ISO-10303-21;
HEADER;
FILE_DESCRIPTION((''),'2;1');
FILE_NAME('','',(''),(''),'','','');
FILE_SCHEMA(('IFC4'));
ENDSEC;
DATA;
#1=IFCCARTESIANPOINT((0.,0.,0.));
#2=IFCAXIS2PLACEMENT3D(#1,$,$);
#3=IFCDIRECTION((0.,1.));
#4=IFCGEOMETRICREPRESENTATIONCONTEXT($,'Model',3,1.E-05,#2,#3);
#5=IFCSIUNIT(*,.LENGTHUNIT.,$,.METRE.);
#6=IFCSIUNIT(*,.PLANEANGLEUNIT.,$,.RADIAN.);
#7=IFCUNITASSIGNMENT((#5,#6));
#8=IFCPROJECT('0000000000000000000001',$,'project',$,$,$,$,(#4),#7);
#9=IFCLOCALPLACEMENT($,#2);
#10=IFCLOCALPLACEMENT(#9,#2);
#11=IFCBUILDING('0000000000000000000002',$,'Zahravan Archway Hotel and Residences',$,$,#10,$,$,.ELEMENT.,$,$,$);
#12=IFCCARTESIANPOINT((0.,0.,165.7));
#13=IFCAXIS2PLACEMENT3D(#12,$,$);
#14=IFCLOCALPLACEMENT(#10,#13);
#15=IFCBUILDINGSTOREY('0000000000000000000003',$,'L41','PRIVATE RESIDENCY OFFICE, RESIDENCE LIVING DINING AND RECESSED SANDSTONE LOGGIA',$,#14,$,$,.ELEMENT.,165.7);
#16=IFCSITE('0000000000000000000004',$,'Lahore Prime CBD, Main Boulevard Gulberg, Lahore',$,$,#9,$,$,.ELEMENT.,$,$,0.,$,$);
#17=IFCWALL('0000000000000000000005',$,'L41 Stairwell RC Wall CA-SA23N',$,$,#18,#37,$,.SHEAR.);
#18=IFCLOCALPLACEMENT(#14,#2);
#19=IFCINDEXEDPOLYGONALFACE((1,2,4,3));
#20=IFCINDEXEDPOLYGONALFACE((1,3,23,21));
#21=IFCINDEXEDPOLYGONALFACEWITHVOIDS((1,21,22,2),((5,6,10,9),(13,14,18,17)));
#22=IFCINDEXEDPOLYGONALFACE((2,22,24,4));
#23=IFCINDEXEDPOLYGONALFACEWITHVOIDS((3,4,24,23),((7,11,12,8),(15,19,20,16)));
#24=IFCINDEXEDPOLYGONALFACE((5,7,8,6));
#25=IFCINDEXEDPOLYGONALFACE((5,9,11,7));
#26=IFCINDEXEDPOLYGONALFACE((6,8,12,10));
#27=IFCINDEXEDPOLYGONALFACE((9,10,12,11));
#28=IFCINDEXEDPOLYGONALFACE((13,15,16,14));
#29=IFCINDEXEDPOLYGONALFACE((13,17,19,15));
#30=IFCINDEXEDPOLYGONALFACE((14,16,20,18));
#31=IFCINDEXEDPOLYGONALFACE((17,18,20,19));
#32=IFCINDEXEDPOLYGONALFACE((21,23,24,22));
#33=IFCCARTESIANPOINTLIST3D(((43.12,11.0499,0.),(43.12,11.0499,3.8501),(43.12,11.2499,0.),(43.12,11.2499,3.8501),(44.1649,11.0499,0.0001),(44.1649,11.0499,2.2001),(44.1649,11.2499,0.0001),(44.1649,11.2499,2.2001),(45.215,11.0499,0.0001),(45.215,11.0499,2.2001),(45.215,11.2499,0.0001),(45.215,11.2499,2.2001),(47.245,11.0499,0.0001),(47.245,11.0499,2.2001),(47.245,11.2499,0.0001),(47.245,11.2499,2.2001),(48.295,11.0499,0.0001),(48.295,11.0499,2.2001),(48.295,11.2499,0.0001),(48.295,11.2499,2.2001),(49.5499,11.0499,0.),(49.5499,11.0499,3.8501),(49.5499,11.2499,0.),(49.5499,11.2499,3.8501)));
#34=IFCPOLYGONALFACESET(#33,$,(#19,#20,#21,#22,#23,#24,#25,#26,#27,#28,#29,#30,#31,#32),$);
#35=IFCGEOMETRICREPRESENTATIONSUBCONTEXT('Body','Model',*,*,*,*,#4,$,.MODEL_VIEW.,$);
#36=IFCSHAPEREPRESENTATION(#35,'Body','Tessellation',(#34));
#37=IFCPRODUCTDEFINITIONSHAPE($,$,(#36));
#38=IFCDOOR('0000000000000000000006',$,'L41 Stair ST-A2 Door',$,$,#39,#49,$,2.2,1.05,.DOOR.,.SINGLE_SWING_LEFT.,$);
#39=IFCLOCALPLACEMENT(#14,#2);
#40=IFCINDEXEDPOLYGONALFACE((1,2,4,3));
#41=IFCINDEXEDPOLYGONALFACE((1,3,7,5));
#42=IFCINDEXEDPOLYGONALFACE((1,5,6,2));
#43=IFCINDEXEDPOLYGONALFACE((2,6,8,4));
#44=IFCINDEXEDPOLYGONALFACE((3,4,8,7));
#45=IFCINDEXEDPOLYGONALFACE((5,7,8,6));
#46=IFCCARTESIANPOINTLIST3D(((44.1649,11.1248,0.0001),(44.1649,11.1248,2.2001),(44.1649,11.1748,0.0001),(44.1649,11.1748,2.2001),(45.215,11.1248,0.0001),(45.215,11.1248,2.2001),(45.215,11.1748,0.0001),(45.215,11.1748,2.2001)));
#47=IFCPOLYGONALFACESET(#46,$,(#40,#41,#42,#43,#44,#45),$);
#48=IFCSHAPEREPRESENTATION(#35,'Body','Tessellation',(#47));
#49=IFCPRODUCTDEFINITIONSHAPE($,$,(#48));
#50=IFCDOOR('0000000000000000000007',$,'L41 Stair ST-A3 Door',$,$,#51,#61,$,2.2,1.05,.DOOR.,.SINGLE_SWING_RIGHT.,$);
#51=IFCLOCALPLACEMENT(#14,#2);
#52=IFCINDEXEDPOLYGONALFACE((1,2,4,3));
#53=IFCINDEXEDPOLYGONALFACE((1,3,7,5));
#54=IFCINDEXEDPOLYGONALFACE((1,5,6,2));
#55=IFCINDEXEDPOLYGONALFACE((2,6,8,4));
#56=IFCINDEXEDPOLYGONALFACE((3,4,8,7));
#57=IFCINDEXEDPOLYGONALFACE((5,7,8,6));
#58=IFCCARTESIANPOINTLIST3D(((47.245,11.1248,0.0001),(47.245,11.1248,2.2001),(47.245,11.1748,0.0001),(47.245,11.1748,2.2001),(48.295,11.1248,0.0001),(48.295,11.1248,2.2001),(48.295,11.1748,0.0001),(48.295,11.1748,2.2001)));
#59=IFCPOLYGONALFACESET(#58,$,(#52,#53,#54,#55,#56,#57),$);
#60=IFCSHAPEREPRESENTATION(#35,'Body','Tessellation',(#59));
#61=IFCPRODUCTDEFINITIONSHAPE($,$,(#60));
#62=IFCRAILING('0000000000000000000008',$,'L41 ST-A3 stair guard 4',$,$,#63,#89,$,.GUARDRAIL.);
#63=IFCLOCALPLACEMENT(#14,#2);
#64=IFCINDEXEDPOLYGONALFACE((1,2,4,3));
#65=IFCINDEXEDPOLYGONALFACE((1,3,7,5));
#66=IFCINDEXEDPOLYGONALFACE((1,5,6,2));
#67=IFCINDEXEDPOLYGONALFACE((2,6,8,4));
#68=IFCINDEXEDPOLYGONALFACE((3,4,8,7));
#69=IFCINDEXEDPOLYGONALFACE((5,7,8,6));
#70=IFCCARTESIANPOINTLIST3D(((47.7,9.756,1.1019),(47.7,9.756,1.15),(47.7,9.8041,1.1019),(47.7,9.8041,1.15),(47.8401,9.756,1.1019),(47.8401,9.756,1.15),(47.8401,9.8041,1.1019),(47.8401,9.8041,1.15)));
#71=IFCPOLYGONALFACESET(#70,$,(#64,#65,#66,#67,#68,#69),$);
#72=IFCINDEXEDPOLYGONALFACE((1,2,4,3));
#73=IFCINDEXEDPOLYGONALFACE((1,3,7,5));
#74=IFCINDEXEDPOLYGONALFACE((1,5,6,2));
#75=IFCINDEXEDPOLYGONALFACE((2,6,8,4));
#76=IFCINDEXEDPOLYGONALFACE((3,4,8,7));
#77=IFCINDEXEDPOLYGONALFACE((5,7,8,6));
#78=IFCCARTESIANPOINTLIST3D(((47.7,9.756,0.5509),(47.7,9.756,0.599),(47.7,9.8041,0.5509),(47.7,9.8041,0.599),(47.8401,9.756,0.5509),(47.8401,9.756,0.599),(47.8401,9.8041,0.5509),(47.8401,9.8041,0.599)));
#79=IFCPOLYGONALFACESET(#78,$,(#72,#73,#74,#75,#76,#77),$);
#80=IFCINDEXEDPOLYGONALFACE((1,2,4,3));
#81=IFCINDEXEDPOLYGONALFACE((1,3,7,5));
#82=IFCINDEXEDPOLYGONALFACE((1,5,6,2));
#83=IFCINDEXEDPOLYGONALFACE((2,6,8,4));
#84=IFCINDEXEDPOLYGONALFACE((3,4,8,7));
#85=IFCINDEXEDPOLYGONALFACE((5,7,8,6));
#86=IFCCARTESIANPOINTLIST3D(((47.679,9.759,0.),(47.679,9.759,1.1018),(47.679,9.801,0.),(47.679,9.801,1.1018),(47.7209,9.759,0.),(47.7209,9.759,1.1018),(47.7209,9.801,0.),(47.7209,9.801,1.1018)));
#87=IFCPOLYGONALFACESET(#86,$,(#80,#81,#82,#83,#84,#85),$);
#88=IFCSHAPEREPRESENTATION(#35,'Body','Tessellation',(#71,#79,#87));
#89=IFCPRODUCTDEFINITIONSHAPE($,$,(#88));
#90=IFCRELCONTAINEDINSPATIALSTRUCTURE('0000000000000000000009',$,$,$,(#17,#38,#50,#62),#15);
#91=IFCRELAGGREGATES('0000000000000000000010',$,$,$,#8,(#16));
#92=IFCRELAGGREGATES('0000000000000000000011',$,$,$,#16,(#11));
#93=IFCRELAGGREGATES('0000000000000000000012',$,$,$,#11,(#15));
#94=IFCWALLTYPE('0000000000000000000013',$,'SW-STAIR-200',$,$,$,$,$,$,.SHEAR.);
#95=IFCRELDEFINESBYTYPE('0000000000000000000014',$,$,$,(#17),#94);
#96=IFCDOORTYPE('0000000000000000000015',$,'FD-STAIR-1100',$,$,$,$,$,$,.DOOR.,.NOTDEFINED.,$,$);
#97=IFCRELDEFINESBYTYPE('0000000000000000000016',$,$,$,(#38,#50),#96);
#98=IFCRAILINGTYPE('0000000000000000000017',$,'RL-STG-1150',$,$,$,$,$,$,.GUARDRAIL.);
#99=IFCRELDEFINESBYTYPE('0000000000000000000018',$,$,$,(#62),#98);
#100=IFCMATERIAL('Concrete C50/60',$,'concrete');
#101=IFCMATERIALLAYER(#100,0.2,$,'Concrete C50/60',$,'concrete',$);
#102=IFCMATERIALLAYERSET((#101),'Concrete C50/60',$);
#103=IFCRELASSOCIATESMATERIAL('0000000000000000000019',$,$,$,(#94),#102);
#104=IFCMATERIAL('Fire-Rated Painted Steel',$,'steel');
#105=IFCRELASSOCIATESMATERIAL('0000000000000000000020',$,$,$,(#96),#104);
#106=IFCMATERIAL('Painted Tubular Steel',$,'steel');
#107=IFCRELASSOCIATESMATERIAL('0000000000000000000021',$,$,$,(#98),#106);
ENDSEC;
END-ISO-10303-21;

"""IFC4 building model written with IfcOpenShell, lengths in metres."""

from ifc_helpers import new_model, si_unit, direction, frame, frame_2d, origin, origin_2d, place, context, subcontext, project, spatial, rectangle, extrude, source, transform, mapped, material, layer, layer_set, type_object, type_shapes, element, fill, save


model = new_model("IFC4")

# Units and contexts
model_context = context("Model", 3, precision=1e-05, world=origin(), true_north=direction((0.0, 1.0)))
body_context = subcontext(model_context, "Body", "Model", "MODEL_VIEW")
ifc_project = project(units=[si_unit("LENGTHUNIT", "METRE"), si_unit("PLANEANGLEUNIT", "RADIAN")], contexts=[model_context])

# Site, building, storey
site_placement = place(None, origin())
site = spatial("IfcSite", under=ifc_project, at=site_placement, Name="Lahore Prime CBD, Main Boulevard Gulberg, Lahore", CompositionType="ELEMENT", RefElevation=0.0)
building_placement = place(site_placement, origin())
building = spatial("IfcBuilding", under=site, at=building_placement, Name="Zahravan Archway Hotel and Residences", CompositionType="ELEMENT")
storey_placement = place(building_placement, frame((0.0, 0.0, 165.7)))
storey = spatial("IfcBuildingStorey", under=building, at=storey_placement, Name="L41", Description="PRIVATE RESIDENCY OFFICE, RESIDENCE LIVING DINING AND RECESSED SANDSTONE LOGGIA", CompositionType="ELEMENT", Elevation=165.7)

# Shared definitions
ifc_material_1 = material(Name="Fire-Rated Painted Steel", Category="steel")

# Wall, openings, doors
ifc_material_2 = material(Name="Concrete C50/60", Category="concrete")
ifc_layer_1 = layer(ifc_material_2, 0.2, Name="Concrete C50/60", Category="concrete")
ifc_layer_set_1 = layer_set([ifc_layer_1], Name="Concrete C50/60")
wall_type_1 = type_object("IfcWallType", Name="SW-STAIR-200", PredefinedType="SHEAR", material=ifc_layer_set_1)
wall_1_placement = place(storey_placement, frame((43.1201, 11.1499, 0.0), z_axis=(0.0, 0.0, 1.0), x_axis=(1.0, 0.0, 0.0)))
wall_1 = element("IfcWall", 1, at=wall_1_placement, inside=storey, type_object=wall_type_1, Name="L41 Stairwell RC Wall CA-SA23N", PredefinedType="SHEAR", context=body_context, shape_type="SweptSolid", body=[
    extrude(rectangle(XDim=6.4299, YDim=0.2, at=frame_2d((3.2148, 0.0))), origin(), (0.0, 0.0, 1.0), 3.8501),
])
opening_1_placement = place(wall_1_placement, frame((1.0449, 0.0, 0.0)))
opening_1 = element("IfcOpeningElement", 2, at=opening_1_placement, cuts=wall_1, PredefinedType="OPENING", context=body_context, shape_type="SweptSolid", body=[
    extrude(rectangle(XDim=1.05, YDim=2.2, at=frame_2d((0.5249, 1.1001))), frame((0.0, 0.1099, 0.0), z_axis=(0.0, -1.0, 0.0), x_axis=(1.0, 0.0, 0.0)), (0.0, 0.0, 1.0), 0.22),
])
opening_2_placement = place(wall_1_placement, frame((4.125, 0.0, 0.0)))
opening_2 = element("IfcOpeningElement", 3, at=opening_2_placement, cuts=wall_1, PredefinedType="OPENING", context=body_context, shape_type="SweptSolid", body=[
    extrude(rectangle(XDim=1.05, YDim=2.2, at=frame_2d((0.5249, 1.1001))), frame((0.0, 0.1099, 0.0), z_axis=(0.0, -1.0, 0.0), x_axis=(1.0, 0.0, 0.0)), (0.0, 0.0, 1.0), 0.22),
])
door_type_1 = type_object("IfcDoorType", Name="FD-STAIR-1100", OperationType="NOTDEFINED", PredefinedType="DOOR", material=ifc_material_1)
shared_shape_1 = source(origin(), body_context, "Body", "SweptSolid", [
    extrude(rectangle(XDim=1.05, YDim=2.2, at=frame_2d((0.5249, 1.1001))), frame((0.0, 0.0249, 0.0), z_axis=(0.0, -1.0, 0.0), x_axis=(1.0, 0.0, 0.0)), (0.0, 0.0, 1.0), 0.05),
])
type_shapes(door_type_1, [shared_shape_1])
door_1_placement = place(opening_1_placement, origin())
door_1 = element("IfcDoor", 4, at=door_1_placement, inside=storey, type_object=door_type_1, Name="L41 Stair ST-A2 Door", OperationType="SINGLE_SWING_LEFT", OverallHeight=2.2, OverallWidth=1.05, PredefinedType="DOOR", context=body_context, shape_type="MappedRepresentation", body=[
    mapped(shared_shape_1, transform((0.0, 0.0, 0.0), scale=1.0)),
])
fill(opening_1, door_1)
door_2_placement = place(opening_2_placement, origin())
door_2 = element("IfcDoor", 5, at=door_2_placement, inside=storey, type_object=door_type_1, Name="L41 Stair ST-A3 Door", OperationType="SINGLE_SWING_RIGHT", OverallHeight=2.2, OverallWidth=1.05, PredefinedType="DOOR", context=body_context, shape_type="MappedRepresentation", body=[
    mapped(shared_shape_1, transform((0.0, 0.0, 0.0), scale=1.0)),
])
fill(opening_2, door_2)

# Railing
ifc_material_3 = material(Name="Painted Tubular Steel", Category="steel")
railing_type_1 = type_object("IfcRailingType", Name="RL-STG-1150", PredefinedType="GUARDRAIL", material=ifc_material_3)
railing_1_placement = place(storey_placement, frame((47.7, 9.78, 0.0)))
element("IfcRailing", 6, at=railing_1_placement, inside=storey, type_object=railing_type_1, Name="L41 ST-A3 stair guard 4", PredefinedType="GUARDRAIL", context=body_context, shape_type="SweptSolid", body=[
    extrude(rectangle(XDim=0.0481, YDim=0.0481, at=origin_2d()), frame((0.0, 0.0, 1.126), z_axis=(1.0, 0.0, 0.0), x_axis=(0.0, 1.0, 0.0)), (0.0, 0.0, 1.0), 0.1401),
    extrude(rectangle(XDim=0.0481, YDim=0.0481, at=origin_2d()), frame((0.0, 0.0, 0.575), z_axis=(1.0, 0.0, 0.0), x_axis=(0.0, 1.0, 0.0)), (0.0, 0.0, 1.0), 0.1401),
    extrude(rectangle(XDim=0.042, YDim=0.042, at=origin_2d()), origin(), (0.0, 0.0, 1.0), 1.1018),
])

save(model, "model.ifc")
